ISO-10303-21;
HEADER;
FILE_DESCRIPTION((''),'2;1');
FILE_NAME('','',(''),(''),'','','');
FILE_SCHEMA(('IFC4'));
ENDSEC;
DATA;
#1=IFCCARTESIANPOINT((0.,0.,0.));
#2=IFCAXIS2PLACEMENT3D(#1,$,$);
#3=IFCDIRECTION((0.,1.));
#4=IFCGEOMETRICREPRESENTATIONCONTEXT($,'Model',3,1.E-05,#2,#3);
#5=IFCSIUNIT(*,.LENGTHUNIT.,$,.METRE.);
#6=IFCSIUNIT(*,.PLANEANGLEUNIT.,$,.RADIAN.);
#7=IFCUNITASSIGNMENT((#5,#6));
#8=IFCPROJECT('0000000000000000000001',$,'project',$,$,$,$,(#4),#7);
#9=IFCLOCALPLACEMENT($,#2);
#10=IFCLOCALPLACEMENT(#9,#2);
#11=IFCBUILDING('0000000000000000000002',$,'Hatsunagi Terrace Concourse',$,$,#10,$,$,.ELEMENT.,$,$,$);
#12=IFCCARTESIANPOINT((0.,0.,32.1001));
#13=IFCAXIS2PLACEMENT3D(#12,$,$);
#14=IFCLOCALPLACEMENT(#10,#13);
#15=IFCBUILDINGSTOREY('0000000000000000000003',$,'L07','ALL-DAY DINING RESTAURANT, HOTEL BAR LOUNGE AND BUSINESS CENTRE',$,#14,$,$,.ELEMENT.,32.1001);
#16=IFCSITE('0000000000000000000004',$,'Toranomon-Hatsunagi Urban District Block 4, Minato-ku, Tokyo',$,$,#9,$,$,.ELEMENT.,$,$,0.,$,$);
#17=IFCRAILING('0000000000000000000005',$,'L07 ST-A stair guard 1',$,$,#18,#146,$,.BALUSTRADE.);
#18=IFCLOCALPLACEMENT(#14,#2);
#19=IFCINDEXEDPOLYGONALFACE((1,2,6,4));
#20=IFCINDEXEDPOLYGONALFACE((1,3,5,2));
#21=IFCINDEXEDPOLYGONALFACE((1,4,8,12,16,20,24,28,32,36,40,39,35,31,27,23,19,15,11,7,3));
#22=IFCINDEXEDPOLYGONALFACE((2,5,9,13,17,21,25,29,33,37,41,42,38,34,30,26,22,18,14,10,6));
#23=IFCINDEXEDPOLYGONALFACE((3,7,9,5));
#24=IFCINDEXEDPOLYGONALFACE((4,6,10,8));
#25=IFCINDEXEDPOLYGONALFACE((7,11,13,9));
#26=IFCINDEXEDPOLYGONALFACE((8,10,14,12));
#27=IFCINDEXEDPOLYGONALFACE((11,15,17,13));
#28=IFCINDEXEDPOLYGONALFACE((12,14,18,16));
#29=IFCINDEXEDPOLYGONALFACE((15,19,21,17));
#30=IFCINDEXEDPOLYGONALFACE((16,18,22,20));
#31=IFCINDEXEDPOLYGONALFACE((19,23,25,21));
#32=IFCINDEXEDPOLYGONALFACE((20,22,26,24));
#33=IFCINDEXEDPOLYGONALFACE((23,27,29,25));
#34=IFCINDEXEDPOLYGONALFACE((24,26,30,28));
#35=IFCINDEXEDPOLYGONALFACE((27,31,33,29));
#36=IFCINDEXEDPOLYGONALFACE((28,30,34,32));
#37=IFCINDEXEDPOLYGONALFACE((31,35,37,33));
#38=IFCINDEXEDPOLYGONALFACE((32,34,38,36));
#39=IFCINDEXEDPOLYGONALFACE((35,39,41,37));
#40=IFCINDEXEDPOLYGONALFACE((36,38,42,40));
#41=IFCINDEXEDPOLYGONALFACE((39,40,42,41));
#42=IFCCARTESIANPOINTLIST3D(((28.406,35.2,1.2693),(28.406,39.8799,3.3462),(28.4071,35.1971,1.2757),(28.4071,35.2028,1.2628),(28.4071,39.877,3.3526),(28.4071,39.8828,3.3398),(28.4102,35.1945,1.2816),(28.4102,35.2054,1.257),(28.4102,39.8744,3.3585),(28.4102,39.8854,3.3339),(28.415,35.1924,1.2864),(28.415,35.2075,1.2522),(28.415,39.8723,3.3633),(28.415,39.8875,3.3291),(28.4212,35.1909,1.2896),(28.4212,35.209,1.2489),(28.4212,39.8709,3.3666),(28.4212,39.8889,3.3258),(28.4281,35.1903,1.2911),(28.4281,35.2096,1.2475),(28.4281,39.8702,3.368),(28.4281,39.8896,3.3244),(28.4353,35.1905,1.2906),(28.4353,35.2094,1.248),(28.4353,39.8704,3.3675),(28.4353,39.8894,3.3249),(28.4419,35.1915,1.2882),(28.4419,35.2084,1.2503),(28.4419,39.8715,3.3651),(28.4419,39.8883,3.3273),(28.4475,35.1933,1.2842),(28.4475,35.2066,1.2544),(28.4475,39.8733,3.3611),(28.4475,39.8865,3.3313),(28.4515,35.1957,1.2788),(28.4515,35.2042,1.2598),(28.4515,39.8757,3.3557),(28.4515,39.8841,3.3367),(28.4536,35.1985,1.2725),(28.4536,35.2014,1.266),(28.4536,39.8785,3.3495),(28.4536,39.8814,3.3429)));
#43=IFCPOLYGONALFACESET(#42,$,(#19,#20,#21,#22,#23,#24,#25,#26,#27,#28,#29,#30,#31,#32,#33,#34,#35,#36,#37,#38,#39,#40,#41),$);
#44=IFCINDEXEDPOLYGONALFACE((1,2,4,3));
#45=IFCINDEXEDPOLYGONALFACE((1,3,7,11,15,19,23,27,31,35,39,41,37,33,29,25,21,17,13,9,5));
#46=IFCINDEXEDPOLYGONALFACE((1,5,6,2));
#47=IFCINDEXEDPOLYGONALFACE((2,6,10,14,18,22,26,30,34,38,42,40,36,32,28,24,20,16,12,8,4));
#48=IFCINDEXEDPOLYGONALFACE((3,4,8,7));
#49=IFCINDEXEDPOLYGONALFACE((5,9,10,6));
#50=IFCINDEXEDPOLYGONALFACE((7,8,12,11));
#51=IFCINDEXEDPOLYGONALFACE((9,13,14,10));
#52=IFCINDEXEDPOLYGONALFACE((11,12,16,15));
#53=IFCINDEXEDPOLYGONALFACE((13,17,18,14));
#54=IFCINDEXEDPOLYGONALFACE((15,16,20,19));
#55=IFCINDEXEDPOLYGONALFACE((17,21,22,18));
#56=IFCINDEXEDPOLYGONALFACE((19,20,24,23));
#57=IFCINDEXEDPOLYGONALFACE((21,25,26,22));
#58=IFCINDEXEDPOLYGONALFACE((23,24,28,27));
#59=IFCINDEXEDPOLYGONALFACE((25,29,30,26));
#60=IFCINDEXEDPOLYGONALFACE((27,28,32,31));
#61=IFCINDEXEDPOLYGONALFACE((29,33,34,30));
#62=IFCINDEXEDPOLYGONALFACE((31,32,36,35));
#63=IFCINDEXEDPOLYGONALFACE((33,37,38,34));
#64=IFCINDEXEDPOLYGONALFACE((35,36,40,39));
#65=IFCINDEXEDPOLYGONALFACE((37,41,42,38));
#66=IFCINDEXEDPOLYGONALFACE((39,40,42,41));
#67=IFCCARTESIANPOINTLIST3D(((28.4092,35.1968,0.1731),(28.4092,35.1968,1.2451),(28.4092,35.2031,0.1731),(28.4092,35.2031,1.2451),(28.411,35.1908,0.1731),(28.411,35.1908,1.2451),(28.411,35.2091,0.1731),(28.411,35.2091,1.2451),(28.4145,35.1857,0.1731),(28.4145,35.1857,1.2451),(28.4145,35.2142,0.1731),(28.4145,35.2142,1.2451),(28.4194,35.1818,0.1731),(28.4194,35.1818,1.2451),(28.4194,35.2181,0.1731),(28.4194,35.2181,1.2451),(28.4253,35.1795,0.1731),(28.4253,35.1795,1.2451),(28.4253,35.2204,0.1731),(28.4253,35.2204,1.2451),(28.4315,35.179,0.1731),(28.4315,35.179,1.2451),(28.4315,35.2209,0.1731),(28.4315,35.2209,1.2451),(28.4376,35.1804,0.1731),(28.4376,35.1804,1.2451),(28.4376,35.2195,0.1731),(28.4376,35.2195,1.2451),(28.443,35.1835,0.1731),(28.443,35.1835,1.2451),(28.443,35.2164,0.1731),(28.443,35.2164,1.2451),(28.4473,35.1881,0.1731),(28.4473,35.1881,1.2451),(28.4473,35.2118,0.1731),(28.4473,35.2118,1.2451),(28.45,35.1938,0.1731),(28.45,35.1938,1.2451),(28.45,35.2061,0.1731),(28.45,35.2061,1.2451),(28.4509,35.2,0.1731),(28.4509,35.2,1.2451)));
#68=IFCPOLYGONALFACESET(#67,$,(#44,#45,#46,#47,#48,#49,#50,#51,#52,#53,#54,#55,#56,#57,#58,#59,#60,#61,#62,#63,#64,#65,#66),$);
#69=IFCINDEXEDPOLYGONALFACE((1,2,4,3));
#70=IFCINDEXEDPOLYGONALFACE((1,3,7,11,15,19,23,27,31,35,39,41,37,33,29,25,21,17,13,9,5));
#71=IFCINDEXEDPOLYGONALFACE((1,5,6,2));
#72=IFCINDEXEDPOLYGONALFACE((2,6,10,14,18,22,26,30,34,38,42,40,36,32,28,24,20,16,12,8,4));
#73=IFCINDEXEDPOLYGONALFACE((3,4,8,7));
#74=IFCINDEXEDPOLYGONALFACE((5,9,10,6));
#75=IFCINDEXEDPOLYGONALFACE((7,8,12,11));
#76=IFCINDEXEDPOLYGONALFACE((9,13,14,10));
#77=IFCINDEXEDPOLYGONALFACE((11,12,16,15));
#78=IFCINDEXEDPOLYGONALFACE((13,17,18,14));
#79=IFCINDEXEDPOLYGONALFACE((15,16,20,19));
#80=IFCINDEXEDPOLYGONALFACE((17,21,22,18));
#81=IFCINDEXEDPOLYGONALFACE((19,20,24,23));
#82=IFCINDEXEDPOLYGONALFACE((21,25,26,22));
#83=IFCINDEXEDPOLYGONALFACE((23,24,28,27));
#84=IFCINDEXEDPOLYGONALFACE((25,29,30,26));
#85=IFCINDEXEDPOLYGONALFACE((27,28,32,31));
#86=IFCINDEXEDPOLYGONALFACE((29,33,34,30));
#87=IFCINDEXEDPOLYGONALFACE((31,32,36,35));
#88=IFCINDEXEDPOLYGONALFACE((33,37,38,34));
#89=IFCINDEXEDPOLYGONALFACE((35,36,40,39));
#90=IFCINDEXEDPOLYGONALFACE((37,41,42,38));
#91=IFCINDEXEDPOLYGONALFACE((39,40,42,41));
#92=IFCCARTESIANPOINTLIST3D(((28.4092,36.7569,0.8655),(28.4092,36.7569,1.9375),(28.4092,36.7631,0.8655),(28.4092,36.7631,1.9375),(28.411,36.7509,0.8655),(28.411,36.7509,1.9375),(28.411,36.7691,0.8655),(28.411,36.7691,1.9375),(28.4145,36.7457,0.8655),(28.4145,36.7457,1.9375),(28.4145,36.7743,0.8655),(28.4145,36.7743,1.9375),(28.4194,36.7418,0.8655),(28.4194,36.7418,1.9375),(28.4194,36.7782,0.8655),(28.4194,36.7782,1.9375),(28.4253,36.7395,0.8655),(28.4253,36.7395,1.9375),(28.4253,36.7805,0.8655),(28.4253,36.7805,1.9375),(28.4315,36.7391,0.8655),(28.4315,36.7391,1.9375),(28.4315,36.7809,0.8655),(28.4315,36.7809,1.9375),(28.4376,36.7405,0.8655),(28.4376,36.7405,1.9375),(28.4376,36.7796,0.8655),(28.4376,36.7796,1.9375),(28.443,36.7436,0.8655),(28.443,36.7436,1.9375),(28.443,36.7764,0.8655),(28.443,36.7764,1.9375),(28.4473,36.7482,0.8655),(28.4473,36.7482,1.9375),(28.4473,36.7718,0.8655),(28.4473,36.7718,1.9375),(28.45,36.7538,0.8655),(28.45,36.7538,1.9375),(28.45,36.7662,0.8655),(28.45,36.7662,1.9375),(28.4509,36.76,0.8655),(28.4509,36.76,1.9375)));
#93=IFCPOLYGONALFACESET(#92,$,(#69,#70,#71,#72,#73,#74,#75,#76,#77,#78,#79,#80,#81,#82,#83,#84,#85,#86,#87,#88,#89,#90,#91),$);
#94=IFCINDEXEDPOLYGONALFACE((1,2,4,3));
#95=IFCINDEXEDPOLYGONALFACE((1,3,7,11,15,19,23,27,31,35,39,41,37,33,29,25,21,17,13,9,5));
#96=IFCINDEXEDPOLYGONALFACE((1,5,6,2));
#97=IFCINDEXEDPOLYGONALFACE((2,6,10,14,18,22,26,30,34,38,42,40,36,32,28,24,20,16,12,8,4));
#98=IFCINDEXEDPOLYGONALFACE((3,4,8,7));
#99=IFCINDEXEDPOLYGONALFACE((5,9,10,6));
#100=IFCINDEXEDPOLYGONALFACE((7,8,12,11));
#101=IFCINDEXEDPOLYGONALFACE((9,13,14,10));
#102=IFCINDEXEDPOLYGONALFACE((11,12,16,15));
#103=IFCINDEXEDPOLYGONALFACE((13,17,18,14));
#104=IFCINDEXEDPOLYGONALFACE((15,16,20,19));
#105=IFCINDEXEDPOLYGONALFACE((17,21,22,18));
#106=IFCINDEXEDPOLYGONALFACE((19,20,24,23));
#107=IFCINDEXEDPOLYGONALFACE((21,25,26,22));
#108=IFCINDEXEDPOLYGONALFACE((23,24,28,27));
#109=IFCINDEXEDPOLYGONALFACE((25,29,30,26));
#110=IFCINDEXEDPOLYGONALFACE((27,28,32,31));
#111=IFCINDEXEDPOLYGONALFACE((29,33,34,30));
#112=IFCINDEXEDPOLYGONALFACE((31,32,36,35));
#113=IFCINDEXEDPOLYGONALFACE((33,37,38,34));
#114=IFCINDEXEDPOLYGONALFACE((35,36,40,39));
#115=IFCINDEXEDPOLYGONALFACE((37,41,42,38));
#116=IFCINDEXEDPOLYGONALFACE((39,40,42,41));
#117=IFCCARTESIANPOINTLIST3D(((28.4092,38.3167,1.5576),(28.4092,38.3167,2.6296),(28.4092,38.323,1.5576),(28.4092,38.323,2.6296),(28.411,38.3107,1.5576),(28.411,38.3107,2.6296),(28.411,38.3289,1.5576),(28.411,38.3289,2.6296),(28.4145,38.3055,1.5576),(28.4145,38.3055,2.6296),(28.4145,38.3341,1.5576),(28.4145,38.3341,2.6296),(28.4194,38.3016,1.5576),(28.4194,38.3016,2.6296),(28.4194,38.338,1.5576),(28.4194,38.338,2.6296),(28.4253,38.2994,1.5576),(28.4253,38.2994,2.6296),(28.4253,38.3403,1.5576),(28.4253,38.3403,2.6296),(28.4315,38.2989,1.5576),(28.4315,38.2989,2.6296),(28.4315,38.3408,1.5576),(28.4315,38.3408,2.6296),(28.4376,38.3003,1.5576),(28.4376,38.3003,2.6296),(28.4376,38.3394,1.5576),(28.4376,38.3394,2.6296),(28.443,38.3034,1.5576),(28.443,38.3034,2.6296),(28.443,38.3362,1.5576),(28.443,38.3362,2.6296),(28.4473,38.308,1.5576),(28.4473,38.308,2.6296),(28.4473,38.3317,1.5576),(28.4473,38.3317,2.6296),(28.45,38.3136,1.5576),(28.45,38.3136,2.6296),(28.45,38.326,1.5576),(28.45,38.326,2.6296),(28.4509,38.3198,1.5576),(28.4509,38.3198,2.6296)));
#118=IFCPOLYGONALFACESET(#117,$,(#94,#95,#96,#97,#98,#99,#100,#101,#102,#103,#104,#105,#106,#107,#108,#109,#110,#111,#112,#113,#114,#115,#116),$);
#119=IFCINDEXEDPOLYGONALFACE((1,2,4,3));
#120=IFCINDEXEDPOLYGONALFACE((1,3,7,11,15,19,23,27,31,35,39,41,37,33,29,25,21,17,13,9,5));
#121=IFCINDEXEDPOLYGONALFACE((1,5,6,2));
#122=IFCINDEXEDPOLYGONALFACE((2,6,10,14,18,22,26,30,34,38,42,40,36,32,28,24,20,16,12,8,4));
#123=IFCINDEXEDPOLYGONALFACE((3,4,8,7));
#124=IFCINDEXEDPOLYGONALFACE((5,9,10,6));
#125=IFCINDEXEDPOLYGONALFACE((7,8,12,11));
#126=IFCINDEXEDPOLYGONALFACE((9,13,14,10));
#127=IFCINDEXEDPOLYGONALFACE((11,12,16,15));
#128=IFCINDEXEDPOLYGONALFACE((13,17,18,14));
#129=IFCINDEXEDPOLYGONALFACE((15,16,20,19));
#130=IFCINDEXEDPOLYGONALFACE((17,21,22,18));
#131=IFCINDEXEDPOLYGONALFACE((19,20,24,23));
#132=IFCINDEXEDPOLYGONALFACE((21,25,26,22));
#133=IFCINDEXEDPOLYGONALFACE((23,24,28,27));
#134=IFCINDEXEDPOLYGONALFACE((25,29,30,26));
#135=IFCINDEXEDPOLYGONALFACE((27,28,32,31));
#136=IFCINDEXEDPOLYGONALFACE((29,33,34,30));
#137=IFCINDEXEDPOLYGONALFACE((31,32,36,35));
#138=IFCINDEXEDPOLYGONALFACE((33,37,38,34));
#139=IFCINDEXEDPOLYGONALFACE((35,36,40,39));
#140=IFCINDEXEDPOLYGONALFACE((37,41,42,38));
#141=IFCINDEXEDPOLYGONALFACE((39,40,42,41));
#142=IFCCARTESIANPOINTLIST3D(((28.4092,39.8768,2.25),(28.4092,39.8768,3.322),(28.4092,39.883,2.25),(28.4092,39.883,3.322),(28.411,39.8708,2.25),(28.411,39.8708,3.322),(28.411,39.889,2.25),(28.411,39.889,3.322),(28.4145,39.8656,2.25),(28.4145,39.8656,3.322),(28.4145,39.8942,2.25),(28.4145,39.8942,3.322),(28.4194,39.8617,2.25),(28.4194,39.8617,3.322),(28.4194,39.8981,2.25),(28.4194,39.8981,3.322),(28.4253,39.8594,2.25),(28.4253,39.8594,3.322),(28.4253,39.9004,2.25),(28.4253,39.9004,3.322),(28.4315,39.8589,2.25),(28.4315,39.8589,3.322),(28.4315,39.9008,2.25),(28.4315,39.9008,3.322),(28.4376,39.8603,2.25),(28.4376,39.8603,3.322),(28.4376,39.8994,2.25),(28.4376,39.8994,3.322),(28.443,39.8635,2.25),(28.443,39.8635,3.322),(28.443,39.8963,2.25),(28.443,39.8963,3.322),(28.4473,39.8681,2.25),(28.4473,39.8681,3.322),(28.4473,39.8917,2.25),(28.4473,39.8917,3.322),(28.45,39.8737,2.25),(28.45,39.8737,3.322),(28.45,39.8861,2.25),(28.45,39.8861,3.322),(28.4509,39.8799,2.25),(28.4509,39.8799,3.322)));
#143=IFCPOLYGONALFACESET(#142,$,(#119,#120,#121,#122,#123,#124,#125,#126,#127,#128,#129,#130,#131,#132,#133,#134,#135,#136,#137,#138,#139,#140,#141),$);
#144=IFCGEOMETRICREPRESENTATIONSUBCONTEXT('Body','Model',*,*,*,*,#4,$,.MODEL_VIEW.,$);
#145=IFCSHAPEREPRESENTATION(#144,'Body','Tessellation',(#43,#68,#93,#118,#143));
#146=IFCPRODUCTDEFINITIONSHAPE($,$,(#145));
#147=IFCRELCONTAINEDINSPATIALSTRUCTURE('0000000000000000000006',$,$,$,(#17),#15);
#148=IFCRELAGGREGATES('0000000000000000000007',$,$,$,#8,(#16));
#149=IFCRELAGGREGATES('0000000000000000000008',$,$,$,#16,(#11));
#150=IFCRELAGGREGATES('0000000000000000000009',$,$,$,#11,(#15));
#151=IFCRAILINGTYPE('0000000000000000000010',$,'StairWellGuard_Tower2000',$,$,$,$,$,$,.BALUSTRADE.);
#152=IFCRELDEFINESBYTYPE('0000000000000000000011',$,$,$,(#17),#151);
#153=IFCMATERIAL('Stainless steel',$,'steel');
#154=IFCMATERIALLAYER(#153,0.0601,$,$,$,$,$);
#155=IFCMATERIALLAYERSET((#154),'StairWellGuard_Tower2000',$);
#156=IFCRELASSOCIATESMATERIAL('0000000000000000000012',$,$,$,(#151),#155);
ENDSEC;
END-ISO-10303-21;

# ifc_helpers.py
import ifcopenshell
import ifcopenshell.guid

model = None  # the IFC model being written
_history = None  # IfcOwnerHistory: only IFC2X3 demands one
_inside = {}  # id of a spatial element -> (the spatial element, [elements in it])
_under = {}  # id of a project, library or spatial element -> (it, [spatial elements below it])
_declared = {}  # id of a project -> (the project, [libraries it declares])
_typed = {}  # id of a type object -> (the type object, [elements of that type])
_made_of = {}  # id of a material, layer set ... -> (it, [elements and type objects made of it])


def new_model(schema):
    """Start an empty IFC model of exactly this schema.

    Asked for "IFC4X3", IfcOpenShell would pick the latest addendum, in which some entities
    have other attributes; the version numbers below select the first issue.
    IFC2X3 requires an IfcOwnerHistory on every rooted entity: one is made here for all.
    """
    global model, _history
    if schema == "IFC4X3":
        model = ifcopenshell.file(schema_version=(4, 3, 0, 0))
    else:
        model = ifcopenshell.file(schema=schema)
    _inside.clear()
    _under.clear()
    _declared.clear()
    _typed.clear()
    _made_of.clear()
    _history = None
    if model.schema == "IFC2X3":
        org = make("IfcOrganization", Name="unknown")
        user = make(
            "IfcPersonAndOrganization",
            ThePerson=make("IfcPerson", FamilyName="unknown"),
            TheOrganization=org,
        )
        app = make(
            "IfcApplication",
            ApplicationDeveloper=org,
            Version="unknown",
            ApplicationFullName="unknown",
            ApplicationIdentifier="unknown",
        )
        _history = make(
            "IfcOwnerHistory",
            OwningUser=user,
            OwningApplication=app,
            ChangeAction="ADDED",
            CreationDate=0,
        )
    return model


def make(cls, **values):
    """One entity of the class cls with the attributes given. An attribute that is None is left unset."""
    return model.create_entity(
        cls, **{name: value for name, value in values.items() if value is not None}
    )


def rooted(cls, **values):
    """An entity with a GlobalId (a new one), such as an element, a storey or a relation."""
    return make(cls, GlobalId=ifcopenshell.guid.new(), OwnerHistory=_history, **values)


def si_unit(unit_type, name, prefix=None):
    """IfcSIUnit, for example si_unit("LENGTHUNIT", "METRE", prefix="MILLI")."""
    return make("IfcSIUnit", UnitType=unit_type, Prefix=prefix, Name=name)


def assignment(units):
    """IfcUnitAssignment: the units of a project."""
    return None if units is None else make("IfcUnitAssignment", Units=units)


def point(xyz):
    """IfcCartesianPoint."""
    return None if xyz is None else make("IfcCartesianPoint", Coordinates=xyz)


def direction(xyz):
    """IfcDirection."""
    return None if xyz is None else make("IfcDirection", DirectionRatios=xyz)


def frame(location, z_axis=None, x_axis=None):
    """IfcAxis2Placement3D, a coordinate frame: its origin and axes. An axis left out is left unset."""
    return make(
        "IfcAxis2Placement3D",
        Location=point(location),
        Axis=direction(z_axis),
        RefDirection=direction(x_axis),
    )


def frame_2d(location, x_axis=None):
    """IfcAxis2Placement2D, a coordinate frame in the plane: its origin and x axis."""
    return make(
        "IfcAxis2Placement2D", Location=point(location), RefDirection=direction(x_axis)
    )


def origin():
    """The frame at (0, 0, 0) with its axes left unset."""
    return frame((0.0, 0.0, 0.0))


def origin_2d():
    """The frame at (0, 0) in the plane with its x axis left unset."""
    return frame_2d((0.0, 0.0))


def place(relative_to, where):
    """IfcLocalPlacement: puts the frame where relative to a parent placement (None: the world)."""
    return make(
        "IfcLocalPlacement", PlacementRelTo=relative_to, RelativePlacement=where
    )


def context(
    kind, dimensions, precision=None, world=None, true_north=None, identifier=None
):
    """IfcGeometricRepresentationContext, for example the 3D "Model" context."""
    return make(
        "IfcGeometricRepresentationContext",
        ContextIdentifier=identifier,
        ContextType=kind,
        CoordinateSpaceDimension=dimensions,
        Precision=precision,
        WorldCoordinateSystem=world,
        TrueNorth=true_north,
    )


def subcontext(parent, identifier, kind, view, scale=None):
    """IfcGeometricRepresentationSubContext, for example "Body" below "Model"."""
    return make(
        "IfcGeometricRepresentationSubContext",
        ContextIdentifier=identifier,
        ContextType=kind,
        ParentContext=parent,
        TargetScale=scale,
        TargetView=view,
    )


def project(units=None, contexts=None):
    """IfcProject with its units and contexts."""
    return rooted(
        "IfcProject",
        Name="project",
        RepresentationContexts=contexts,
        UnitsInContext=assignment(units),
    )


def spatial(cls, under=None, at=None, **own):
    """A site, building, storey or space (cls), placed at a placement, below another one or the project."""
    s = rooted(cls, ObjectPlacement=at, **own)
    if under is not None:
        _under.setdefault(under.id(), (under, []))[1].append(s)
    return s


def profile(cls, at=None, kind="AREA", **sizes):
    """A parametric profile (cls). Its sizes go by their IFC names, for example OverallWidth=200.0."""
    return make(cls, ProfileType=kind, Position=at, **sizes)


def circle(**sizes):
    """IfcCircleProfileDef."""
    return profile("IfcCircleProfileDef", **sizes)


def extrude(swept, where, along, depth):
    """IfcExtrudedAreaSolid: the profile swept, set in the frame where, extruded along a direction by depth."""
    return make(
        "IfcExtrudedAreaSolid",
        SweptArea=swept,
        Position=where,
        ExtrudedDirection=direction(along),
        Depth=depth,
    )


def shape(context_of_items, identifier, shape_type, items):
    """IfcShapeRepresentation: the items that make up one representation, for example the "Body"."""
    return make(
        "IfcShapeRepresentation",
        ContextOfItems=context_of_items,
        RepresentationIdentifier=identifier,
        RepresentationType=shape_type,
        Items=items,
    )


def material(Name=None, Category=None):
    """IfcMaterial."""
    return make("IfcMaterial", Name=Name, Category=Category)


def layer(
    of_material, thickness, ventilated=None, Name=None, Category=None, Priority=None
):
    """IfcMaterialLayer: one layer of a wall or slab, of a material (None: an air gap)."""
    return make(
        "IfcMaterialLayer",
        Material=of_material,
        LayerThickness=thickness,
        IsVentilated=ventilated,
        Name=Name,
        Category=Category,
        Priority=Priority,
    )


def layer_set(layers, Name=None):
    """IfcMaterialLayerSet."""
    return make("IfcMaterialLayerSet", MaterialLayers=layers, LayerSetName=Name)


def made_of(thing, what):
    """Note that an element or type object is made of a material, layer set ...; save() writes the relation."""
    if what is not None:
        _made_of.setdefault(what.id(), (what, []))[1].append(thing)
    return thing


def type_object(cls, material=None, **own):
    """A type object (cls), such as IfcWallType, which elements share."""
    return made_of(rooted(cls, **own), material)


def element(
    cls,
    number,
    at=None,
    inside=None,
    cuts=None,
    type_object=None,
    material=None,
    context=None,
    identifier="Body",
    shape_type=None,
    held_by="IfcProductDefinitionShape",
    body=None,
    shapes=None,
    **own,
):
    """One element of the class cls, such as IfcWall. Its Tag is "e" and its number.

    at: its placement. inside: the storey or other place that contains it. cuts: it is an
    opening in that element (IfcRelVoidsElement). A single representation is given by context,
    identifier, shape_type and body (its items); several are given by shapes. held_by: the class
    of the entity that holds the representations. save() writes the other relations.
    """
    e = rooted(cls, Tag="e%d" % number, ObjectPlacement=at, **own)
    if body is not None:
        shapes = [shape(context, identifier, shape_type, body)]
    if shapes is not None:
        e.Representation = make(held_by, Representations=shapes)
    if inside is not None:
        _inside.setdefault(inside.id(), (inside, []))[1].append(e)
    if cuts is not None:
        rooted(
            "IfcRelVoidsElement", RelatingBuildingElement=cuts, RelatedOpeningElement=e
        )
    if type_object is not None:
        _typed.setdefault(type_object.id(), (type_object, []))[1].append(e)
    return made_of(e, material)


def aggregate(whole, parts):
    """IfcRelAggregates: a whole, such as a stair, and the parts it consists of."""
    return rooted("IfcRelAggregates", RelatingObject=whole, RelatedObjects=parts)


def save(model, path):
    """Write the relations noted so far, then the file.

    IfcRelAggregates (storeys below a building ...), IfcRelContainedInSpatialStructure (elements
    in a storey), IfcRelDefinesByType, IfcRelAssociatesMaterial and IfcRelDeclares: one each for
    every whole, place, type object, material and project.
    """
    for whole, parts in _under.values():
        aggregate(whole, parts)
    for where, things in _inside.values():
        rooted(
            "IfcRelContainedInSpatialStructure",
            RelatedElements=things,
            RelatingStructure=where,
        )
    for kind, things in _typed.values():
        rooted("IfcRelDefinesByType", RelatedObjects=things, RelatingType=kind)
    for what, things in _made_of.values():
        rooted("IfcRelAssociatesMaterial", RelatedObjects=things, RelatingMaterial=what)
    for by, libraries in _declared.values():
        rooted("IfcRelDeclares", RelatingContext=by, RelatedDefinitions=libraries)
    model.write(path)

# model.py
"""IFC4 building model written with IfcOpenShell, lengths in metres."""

from ifc_helpers import new_model, si_unit, direction, frame, origin, origin_2d, place, context, subcontext, project, spatial, circle, extrude, material, layer, layer_set, type_object, element, save


model = new_model("IFC4")

# Units and contexts
model_context = context("Model", 3, precision=1e-05, world=origin(), true_north=direction((0.0, 1.0)))
body_context = subcontext(model_context, "Body", "Model", "MODEL_VIEW")
ifc_project = project(units=[si_unit("LENGTHUNIT", "METRE"), si_unit("PLANEANGLEUNIT", "RADIAN")], contexts=[model_context])

# Site, building, storey
site_placement = place(None, origin())
site = spatial("IfcSite", under=ifc_project, at=site_placement, Name="Toranomon-Hatsunagi Urban District Block 4, Minato-ku, Tokyo", CompositionType="ELEMENT", RefElevation=0.0)
building_placement = place(site_placement, origin())
building = spatial("IfcBuilding", under=site, at=building_placement, Name="Hatsunagi Terrace Concourse", CompositionType="ELEMENT")
storey_placement = place(building_placement, frame((0.0, 0.0, 32.1001)))
storey = spatial("IfcBuildingStorey", under=building, at=storey_placement, Name="L07", Description="ALL-DAY DINING RESTAURANT, HOTEL BAR LOUNGE AND BUSINESS CENTRE", CompositionType="ELEMENT", Elevation=32.1001)

# Railing
ifc_material_1 = material(Name="Stainless steel", Category="steel")
ifc_layer_1 = layer(ifc_material_1, 0.0601)
ifc_layer_set_1 = layer_set([ifc_layer_1], Name="StairWellGuard_Tower2000")
railing_type_1 = type_object("IfcRailingType", Name="StairWellGuard_Tower2000", PredefinedType="BALUSTRADE", material=ifc_layer_set_1)
railing_1_placement = place(storey_placement, frame((28.4299, 35.2, 0.1731)))
element("IfcRailing", 1, at=railing_1_placement, inside=storey, type_object=railing_type_1, Name="L07 ST-A stair guard 1", PredefinedType="BALUSTRADE", context=body_context, shape_type="SweptSolid", body=[
    extrude(circle(Radius=0.0239, at=origin_2d()), frame((0.0, 0.0, 1.0962), z_axis=(0.0, 0.914034, 0.405638), x_axis=(-1.0, 0.0, 0.0)), (0.0, 0.0, 1.0), 5.1201),
    extrude(circle(Radius=0.021, at=origin_2d()), origin(), (0.0, 0.0, 1.0), 1.072),
    extrude(circle(Radius=0.021, at=origin_2d()), frame((0.0, 1.5601, 0.6924)), (0.0, 0.0, 1.0), 1.072),
    extrude(circle(Radius=0.021, at=origin_2d()), frame((0.0, 3.1199, 1.3845)), (0.0, 0.0, 1.0), 1.072),
    extrude(circle(Radius=0.021, at=origin_2d()), frame((0.0, 4.6799, 2.0769)), (0.0, 0.0, 1.0), 1.072),
])

save(model, "model.ifc")
